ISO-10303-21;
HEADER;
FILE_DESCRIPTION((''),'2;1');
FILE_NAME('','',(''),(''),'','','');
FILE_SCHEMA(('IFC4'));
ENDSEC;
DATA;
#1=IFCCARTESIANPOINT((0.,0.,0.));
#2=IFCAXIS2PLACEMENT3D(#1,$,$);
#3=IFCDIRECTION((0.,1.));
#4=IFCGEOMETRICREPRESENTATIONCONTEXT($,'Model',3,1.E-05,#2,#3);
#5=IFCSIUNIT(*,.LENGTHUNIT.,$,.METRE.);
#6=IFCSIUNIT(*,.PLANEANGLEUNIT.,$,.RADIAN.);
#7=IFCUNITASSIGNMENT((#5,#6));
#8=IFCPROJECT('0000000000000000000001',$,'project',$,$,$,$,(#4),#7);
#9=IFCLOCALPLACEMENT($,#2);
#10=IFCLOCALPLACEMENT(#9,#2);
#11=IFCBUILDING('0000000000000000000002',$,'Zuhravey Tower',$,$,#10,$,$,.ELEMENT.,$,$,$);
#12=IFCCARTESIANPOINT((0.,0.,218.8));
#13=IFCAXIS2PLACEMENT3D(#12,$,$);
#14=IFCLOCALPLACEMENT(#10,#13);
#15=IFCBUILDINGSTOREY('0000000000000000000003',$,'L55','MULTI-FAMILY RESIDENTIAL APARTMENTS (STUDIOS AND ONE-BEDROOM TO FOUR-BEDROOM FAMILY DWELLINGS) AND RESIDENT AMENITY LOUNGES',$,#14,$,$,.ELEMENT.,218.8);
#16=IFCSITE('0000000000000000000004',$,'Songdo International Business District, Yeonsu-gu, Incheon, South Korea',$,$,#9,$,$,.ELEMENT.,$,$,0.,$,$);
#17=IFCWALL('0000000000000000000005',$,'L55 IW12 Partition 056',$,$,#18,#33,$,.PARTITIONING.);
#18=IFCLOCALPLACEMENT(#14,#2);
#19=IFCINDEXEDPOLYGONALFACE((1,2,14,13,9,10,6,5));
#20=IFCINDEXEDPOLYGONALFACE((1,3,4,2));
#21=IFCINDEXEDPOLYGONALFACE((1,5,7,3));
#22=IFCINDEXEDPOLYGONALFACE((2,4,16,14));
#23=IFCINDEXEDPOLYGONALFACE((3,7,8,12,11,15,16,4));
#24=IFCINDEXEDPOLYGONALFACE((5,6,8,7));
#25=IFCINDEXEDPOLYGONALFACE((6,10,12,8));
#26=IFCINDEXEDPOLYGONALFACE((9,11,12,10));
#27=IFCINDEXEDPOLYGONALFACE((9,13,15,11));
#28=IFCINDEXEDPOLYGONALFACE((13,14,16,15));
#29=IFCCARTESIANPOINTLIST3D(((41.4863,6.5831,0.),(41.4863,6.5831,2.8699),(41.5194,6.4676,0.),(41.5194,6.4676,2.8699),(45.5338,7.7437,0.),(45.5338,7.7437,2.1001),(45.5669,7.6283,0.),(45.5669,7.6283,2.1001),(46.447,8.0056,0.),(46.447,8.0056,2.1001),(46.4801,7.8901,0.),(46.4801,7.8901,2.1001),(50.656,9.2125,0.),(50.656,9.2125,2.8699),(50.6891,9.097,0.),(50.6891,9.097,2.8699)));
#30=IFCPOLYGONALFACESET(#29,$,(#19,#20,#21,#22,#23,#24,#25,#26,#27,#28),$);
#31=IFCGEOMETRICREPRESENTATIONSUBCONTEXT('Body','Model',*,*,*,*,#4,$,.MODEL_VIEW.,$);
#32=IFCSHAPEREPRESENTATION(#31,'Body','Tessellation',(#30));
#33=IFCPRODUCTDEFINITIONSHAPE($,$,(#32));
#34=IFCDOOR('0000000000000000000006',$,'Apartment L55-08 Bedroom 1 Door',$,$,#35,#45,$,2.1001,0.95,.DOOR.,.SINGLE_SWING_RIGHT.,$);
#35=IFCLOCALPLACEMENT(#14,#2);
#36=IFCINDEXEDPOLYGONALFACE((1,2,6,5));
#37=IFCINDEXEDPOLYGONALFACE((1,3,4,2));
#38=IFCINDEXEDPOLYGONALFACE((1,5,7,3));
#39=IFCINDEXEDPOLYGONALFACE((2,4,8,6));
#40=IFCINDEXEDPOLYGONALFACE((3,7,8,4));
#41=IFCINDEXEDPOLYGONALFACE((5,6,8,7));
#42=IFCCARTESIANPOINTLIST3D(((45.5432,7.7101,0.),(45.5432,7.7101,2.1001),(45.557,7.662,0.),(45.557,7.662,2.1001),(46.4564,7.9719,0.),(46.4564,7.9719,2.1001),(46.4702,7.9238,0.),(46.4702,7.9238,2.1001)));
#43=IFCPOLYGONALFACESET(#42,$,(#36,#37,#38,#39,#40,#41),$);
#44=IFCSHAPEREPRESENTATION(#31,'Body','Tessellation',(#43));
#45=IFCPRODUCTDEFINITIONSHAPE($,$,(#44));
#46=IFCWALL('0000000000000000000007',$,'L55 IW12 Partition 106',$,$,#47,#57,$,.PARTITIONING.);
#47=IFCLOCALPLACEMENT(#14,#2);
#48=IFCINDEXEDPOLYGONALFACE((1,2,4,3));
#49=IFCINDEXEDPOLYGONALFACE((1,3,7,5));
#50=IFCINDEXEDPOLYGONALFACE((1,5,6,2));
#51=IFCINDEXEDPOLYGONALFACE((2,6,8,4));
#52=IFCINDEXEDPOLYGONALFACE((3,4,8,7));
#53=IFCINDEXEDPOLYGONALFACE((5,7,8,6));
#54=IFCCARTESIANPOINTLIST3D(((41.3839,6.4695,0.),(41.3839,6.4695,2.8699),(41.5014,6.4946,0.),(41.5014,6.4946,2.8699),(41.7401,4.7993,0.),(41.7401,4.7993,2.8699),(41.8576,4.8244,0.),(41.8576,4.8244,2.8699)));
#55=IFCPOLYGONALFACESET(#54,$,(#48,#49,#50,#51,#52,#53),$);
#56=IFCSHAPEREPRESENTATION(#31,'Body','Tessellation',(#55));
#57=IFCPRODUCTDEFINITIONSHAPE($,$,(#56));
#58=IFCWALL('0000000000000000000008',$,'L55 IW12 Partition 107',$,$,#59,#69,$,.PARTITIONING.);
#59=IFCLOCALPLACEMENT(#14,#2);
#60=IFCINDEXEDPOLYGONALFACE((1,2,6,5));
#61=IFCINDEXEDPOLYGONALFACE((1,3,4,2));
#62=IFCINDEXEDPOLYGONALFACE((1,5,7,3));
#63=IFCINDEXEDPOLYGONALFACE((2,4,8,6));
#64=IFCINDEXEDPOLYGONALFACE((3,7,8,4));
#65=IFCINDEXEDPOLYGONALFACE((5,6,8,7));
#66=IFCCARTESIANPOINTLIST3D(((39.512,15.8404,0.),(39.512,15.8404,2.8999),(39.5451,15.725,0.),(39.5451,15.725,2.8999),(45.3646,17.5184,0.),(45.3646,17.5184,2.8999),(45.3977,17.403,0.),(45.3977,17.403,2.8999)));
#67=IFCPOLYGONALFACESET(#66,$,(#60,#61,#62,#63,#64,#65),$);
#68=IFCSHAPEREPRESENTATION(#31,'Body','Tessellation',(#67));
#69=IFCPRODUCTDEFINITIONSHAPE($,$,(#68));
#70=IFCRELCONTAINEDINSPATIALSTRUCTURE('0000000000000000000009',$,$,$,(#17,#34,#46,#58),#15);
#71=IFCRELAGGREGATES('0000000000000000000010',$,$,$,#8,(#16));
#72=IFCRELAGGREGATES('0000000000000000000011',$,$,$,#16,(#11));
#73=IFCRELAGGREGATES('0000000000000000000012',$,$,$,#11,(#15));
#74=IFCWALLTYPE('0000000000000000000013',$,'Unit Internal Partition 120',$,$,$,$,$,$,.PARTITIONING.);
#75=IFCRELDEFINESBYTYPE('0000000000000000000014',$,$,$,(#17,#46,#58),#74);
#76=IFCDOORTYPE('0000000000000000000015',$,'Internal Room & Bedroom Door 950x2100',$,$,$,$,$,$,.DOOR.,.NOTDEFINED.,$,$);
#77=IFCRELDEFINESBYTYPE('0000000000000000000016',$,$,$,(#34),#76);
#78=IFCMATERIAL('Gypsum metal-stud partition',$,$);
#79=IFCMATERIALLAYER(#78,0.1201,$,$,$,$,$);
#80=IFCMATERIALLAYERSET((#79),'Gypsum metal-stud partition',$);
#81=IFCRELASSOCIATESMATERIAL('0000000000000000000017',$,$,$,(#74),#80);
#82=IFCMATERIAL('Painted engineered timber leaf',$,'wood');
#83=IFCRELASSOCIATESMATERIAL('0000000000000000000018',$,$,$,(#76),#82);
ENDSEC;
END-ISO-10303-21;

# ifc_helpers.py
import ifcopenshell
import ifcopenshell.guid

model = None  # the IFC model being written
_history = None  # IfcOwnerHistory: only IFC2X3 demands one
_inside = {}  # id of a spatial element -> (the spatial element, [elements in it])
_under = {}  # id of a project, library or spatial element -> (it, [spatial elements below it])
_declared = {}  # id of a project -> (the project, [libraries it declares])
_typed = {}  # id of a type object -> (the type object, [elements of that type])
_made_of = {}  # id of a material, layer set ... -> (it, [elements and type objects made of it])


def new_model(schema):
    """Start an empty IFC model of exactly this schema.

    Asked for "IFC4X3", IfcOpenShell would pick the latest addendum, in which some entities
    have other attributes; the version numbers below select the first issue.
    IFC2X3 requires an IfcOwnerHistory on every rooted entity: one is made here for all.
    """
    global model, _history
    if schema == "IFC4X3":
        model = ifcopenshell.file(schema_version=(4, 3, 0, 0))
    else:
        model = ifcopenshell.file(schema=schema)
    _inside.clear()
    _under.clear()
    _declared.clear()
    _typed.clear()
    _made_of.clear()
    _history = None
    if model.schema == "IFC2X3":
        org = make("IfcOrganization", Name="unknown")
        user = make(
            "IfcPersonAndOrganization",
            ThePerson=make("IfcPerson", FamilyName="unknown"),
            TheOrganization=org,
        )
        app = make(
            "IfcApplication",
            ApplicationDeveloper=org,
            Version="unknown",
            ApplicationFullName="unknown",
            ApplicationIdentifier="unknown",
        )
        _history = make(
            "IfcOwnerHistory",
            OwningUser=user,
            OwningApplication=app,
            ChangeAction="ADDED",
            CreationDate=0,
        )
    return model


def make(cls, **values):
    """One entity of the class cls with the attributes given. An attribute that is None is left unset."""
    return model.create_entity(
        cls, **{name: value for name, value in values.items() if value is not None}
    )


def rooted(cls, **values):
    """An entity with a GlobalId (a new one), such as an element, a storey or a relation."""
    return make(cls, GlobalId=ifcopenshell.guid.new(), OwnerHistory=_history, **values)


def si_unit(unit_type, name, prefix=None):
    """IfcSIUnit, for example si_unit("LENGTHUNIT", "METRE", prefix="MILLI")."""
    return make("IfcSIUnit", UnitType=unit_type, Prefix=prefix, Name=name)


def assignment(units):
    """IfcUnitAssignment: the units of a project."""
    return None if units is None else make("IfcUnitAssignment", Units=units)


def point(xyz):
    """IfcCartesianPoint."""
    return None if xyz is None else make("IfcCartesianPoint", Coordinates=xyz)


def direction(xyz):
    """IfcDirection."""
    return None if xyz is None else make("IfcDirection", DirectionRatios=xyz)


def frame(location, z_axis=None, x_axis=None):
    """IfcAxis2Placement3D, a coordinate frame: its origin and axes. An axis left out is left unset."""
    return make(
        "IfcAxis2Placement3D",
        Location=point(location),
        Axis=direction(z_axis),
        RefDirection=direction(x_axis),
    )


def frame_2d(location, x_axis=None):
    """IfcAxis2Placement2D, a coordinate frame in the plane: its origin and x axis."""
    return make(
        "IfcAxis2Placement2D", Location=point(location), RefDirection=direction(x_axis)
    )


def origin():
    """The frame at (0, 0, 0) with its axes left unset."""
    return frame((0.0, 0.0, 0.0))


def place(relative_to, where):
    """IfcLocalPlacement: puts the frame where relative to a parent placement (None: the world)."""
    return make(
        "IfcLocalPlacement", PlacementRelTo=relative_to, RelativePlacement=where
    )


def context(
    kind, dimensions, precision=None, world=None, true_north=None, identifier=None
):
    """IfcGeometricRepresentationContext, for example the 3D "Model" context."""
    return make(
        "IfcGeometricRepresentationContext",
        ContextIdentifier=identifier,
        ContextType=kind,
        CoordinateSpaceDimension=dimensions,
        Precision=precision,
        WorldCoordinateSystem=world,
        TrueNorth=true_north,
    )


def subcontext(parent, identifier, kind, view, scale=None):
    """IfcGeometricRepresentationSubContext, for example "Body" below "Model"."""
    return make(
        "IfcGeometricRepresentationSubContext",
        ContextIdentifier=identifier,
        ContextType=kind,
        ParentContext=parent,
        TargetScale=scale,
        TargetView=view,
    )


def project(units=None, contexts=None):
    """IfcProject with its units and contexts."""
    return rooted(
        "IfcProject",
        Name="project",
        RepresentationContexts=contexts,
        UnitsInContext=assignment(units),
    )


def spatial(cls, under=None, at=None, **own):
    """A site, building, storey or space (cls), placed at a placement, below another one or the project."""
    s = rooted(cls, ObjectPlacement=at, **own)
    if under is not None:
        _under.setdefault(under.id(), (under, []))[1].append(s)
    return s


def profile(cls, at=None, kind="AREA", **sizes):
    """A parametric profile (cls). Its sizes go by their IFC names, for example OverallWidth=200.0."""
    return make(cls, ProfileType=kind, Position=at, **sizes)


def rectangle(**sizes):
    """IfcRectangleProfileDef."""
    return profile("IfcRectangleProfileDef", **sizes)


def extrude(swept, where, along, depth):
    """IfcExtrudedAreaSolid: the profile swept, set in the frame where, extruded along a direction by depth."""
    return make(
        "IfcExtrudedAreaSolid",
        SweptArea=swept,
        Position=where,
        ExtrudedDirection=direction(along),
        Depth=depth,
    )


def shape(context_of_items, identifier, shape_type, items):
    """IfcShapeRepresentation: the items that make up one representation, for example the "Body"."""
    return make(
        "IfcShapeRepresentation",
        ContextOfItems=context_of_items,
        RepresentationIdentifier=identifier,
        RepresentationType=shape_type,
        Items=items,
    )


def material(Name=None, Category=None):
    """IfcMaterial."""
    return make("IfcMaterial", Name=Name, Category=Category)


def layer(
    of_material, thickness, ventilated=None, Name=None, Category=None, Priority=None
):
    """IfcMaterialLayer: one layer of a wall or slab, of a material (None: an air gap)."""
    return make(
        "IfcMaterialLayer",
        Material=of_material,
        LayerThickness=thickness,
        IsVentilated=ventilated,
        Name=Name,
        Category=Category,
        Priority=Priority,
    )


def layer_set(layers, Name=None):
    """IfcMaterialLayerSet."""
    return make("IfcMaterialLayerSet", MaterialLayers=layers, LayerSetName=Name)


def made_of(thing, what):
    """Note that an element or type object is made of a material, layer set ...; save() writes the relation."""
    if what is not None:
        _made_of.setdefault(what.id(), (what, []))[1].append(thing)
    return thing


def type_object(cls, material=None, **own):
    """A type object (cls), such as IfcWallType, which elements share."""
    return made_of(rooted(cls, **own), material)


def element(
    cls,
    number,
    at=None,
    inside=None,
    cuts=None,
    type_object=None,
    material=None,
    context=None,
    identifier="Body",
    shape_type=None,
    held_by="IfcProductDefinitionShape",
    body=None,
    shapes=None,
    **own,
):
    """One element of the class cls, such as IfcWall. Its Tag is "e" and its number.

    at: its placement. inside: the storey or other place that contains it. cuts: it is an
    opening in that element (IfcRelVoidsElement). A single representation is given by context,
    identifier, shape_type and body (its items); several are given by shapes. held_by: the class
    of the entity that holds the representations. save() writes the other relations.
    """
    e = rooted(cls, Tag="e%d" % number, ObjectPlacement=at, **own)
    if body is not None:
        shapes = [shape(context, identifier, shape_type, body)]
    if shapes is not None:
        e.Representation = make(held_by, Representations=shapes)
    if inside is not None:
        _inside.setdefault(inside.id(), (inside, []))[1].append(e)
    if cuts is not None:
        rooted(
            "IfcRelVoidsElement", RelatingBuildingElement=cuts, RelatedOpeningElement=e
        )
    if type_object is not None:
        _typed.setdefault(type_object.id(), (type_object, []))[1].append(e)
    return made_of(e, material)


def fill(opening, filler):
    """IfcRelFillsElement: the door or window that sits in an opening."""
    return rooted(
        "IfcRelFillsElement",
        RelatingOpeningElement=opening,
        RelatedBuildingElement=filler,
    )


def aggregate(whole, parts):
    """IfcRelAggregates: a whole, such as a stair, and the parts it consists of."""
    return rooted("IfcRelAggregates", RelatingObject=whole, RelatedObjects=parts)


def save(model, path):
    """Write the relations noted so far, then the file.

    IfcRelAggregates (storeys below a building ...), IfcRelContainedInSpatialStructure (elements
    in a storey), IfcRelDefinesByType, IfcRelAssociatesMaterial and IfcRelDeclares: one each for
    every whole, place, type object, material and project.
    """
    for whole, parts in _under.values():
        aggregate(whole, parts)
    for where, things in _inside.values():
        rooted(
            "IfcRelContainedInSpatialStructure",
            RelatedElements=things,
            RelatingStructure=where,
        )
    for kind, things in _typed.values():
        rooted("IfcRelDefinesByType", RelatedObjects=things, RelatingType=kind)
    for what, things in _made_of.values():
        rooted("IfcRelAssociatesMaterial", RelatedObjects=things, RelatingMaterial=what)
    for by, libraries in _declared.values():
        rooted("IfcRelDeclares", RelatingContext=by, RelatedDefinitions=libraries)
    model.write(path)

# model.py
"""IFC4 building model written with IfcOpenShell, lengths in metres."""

from ifc_helpers import new_model, si_unit, direction, frame, frame_2d, origin, place, context, subcontext, project, spatial, rectangle, extrude, material, layer, layer_set, type_object, element, fill, save


model = new_model("IFC4")

# Units and contexts
model_context = context("Model", 3, precision=1e-05, world=origin(), true_north=direction((0.0, 1.0)))
body_context = subcontext(model_context, "Body", "Model", "MODEL_VIEW")
ifc_project = project(units=[si_unit("LENGTHUNIT", "METRE"), si_unit("PLANEANGLEUNIT", "RADIAN")], contexts=[model_context])

# Site, building, storey
site_placement = place(None, origin())
site = spatial("IfcSite", under=ifc_project, at=site_placement, Name="Songdo International Business District, Yeonsu-gu, Incheon, South Korea", CompositionType="ELEMENT", RefElevation=0.0)
building_placement = place(site_placement, origin())
building = spatial("IfcBuilding", under=site, at=building_placement, Name="Zuhravey Tower", CompositionType="ELEMENT")
storey_placement = place(building_placement, frame((0.0, 0.0, 218.8)))
storey = spatial("IfcBuildingStorey", under=building, at=storey_placement, Name="L55", Description="MULTI-FAMILY RESIDENTIAL APARTMENTS (STUDIOS AND ONE-BEDROOM TO FOUR-BEDROOM FAMILY DWELLINGS) AND RESIDENT AMENITY LOUNGES", CompositionType="ELEMENT", Elevation=218.8)

# Wall, opening, door
ifc_material_1 = material(Name="Gypsum metal-stud partition")
ifc_layer_1 = layer(ifc_material_1, 0.1201)
ifc_layer_set_1 = layer_set([ifc_layer_1], Name="Gypsum metal-stud partition")
wall_type_1 = type_object("IfcWallType", Name="Unit Internal Partition 120", PredefinedType="PARTITIONING", material=ifc_layer_set_1)
ifc_material_2 = material(Name="Painted engineered timber leaf", Category="wood")
door_type_1 = type_object("IfcDoorType", Name="Internal Room & Bedroom Door 950x2100", OperationType="NOTDEFINED", PredefinedType="DOOR", material=ifc_material_2)
wall_1_placement = place(storey_placement, frame((41.5029, 6.5254, 0.0), z_axis=(0.0, 0.0, 1.0), x_axis=(0.961261, 0.27564, 0.0)))
wall_1 = element("IfcWall", 1, at=wall_1_placement, inside=storey, type_object=wall_type_1, Name="L55 IW12 Partition 056", PredefinedType="PARTITIONING", context=body_context, shape_type="SweptSolid", body=[
    extrude(rectangle(XDim=9.5393, YDim=0.1201, at=frame_2d((4.7695, 0.0))), origin(), (0.0, 0.0, 1.0), 2.8699),
])
opening_1_placement = place(wall_1_placement, frame((4.2104, 0.0, 0.0)))
opening_1 = element("IfcOpeningElement", 2, at=opening_1_placement, cuts=wall_1, PredefinedType="OPENING", context=body_context, shape_type="SweptSolid", body=[
    extrude(rectangle(XDim=0.95, YDim=2.1001, at=frame_2d((0.4751, 1.05))), frame((0.0, 0.072, 0.0), z_axis=(0.0, -1.0, 0.0), x_axis=(1.0, 0.0, 0.0)), (0.0, 0.0, 1.0), 0.144),
])
door_1_placement = place(opening_1_placement, frame((0.95, 0.0, 0.0), z_axis=(0.0, 0.0, 1.0), x_axis=(-1.0, 0.0, 0.0)))
door_1 = element("IfcDoor", 3, at=door_1_placement, inside=storey, type_object=door_type_1, Name="Apartment L55-08 Bedroom 1 Door", OperationType="SINGLE_SWING_RIGHT", OverallHeight=2.1001, OverallWidth=0.95, PredefinedType="DOOR", context=body_context, shape_type="SweptSolid", body=[
    extrude(rectangle(XDim=0.95, YDim=2.1001, at=frame_2d((0.4751, 1.05))), frame((0.0, 0.0249, 0.0), z_axis=(0.0, -1.0, 0.0), x_axis=(1.0, 0.0, 0.0)), (0.0, 0.0, 1.0), 0.05),
])
fill(opening_1, door_1)

# Walls
wall_2_placement = place(storey_placement, frame((41.4426, 6.4822, 0.0), z_axis=(0.0, 0.0, 1.0), x_axis=(0.208582, -0.978005, 0.0)))
element("IfcWall", 4, at=wall_2_placement, inside=storey, type_object=wall_type_1, Name="L55 IW12 Partition 106", PredefinedType="PARTITIONING", context=body_context, shape_type="SweptSolid", body=[
    extrude(rectangle(XDim=1.7078, YDim=0.1201, at=frame_2d((0.854, 0.0))), origin(), (0.0, 0.0, 1.0), 2.8699),
])
wall_3_placement = place(storey_placement, frame((39.5286, 15.7827, 0.0), z_axis=(0.0, 0.0, 1.0), x_axis=(0.961271, 0.275605, 0.0)))
element("IfcWall", 5, at=wall_3_placement, inside=storey, type_object=wall_type_1, Name="L55 IW12 Partition 107", PredefinedType="PARTITIONING", context=body_context, shape_type="SweptSolid", body=[
    extrude(rectangle(XDim=6.0884, YDim=0.1201, at=frame_2d((3.0442, 0.0))), origin(), (0.0, 0.0, 1.0), 2.8999),
])

save(model, "model.ifc")
